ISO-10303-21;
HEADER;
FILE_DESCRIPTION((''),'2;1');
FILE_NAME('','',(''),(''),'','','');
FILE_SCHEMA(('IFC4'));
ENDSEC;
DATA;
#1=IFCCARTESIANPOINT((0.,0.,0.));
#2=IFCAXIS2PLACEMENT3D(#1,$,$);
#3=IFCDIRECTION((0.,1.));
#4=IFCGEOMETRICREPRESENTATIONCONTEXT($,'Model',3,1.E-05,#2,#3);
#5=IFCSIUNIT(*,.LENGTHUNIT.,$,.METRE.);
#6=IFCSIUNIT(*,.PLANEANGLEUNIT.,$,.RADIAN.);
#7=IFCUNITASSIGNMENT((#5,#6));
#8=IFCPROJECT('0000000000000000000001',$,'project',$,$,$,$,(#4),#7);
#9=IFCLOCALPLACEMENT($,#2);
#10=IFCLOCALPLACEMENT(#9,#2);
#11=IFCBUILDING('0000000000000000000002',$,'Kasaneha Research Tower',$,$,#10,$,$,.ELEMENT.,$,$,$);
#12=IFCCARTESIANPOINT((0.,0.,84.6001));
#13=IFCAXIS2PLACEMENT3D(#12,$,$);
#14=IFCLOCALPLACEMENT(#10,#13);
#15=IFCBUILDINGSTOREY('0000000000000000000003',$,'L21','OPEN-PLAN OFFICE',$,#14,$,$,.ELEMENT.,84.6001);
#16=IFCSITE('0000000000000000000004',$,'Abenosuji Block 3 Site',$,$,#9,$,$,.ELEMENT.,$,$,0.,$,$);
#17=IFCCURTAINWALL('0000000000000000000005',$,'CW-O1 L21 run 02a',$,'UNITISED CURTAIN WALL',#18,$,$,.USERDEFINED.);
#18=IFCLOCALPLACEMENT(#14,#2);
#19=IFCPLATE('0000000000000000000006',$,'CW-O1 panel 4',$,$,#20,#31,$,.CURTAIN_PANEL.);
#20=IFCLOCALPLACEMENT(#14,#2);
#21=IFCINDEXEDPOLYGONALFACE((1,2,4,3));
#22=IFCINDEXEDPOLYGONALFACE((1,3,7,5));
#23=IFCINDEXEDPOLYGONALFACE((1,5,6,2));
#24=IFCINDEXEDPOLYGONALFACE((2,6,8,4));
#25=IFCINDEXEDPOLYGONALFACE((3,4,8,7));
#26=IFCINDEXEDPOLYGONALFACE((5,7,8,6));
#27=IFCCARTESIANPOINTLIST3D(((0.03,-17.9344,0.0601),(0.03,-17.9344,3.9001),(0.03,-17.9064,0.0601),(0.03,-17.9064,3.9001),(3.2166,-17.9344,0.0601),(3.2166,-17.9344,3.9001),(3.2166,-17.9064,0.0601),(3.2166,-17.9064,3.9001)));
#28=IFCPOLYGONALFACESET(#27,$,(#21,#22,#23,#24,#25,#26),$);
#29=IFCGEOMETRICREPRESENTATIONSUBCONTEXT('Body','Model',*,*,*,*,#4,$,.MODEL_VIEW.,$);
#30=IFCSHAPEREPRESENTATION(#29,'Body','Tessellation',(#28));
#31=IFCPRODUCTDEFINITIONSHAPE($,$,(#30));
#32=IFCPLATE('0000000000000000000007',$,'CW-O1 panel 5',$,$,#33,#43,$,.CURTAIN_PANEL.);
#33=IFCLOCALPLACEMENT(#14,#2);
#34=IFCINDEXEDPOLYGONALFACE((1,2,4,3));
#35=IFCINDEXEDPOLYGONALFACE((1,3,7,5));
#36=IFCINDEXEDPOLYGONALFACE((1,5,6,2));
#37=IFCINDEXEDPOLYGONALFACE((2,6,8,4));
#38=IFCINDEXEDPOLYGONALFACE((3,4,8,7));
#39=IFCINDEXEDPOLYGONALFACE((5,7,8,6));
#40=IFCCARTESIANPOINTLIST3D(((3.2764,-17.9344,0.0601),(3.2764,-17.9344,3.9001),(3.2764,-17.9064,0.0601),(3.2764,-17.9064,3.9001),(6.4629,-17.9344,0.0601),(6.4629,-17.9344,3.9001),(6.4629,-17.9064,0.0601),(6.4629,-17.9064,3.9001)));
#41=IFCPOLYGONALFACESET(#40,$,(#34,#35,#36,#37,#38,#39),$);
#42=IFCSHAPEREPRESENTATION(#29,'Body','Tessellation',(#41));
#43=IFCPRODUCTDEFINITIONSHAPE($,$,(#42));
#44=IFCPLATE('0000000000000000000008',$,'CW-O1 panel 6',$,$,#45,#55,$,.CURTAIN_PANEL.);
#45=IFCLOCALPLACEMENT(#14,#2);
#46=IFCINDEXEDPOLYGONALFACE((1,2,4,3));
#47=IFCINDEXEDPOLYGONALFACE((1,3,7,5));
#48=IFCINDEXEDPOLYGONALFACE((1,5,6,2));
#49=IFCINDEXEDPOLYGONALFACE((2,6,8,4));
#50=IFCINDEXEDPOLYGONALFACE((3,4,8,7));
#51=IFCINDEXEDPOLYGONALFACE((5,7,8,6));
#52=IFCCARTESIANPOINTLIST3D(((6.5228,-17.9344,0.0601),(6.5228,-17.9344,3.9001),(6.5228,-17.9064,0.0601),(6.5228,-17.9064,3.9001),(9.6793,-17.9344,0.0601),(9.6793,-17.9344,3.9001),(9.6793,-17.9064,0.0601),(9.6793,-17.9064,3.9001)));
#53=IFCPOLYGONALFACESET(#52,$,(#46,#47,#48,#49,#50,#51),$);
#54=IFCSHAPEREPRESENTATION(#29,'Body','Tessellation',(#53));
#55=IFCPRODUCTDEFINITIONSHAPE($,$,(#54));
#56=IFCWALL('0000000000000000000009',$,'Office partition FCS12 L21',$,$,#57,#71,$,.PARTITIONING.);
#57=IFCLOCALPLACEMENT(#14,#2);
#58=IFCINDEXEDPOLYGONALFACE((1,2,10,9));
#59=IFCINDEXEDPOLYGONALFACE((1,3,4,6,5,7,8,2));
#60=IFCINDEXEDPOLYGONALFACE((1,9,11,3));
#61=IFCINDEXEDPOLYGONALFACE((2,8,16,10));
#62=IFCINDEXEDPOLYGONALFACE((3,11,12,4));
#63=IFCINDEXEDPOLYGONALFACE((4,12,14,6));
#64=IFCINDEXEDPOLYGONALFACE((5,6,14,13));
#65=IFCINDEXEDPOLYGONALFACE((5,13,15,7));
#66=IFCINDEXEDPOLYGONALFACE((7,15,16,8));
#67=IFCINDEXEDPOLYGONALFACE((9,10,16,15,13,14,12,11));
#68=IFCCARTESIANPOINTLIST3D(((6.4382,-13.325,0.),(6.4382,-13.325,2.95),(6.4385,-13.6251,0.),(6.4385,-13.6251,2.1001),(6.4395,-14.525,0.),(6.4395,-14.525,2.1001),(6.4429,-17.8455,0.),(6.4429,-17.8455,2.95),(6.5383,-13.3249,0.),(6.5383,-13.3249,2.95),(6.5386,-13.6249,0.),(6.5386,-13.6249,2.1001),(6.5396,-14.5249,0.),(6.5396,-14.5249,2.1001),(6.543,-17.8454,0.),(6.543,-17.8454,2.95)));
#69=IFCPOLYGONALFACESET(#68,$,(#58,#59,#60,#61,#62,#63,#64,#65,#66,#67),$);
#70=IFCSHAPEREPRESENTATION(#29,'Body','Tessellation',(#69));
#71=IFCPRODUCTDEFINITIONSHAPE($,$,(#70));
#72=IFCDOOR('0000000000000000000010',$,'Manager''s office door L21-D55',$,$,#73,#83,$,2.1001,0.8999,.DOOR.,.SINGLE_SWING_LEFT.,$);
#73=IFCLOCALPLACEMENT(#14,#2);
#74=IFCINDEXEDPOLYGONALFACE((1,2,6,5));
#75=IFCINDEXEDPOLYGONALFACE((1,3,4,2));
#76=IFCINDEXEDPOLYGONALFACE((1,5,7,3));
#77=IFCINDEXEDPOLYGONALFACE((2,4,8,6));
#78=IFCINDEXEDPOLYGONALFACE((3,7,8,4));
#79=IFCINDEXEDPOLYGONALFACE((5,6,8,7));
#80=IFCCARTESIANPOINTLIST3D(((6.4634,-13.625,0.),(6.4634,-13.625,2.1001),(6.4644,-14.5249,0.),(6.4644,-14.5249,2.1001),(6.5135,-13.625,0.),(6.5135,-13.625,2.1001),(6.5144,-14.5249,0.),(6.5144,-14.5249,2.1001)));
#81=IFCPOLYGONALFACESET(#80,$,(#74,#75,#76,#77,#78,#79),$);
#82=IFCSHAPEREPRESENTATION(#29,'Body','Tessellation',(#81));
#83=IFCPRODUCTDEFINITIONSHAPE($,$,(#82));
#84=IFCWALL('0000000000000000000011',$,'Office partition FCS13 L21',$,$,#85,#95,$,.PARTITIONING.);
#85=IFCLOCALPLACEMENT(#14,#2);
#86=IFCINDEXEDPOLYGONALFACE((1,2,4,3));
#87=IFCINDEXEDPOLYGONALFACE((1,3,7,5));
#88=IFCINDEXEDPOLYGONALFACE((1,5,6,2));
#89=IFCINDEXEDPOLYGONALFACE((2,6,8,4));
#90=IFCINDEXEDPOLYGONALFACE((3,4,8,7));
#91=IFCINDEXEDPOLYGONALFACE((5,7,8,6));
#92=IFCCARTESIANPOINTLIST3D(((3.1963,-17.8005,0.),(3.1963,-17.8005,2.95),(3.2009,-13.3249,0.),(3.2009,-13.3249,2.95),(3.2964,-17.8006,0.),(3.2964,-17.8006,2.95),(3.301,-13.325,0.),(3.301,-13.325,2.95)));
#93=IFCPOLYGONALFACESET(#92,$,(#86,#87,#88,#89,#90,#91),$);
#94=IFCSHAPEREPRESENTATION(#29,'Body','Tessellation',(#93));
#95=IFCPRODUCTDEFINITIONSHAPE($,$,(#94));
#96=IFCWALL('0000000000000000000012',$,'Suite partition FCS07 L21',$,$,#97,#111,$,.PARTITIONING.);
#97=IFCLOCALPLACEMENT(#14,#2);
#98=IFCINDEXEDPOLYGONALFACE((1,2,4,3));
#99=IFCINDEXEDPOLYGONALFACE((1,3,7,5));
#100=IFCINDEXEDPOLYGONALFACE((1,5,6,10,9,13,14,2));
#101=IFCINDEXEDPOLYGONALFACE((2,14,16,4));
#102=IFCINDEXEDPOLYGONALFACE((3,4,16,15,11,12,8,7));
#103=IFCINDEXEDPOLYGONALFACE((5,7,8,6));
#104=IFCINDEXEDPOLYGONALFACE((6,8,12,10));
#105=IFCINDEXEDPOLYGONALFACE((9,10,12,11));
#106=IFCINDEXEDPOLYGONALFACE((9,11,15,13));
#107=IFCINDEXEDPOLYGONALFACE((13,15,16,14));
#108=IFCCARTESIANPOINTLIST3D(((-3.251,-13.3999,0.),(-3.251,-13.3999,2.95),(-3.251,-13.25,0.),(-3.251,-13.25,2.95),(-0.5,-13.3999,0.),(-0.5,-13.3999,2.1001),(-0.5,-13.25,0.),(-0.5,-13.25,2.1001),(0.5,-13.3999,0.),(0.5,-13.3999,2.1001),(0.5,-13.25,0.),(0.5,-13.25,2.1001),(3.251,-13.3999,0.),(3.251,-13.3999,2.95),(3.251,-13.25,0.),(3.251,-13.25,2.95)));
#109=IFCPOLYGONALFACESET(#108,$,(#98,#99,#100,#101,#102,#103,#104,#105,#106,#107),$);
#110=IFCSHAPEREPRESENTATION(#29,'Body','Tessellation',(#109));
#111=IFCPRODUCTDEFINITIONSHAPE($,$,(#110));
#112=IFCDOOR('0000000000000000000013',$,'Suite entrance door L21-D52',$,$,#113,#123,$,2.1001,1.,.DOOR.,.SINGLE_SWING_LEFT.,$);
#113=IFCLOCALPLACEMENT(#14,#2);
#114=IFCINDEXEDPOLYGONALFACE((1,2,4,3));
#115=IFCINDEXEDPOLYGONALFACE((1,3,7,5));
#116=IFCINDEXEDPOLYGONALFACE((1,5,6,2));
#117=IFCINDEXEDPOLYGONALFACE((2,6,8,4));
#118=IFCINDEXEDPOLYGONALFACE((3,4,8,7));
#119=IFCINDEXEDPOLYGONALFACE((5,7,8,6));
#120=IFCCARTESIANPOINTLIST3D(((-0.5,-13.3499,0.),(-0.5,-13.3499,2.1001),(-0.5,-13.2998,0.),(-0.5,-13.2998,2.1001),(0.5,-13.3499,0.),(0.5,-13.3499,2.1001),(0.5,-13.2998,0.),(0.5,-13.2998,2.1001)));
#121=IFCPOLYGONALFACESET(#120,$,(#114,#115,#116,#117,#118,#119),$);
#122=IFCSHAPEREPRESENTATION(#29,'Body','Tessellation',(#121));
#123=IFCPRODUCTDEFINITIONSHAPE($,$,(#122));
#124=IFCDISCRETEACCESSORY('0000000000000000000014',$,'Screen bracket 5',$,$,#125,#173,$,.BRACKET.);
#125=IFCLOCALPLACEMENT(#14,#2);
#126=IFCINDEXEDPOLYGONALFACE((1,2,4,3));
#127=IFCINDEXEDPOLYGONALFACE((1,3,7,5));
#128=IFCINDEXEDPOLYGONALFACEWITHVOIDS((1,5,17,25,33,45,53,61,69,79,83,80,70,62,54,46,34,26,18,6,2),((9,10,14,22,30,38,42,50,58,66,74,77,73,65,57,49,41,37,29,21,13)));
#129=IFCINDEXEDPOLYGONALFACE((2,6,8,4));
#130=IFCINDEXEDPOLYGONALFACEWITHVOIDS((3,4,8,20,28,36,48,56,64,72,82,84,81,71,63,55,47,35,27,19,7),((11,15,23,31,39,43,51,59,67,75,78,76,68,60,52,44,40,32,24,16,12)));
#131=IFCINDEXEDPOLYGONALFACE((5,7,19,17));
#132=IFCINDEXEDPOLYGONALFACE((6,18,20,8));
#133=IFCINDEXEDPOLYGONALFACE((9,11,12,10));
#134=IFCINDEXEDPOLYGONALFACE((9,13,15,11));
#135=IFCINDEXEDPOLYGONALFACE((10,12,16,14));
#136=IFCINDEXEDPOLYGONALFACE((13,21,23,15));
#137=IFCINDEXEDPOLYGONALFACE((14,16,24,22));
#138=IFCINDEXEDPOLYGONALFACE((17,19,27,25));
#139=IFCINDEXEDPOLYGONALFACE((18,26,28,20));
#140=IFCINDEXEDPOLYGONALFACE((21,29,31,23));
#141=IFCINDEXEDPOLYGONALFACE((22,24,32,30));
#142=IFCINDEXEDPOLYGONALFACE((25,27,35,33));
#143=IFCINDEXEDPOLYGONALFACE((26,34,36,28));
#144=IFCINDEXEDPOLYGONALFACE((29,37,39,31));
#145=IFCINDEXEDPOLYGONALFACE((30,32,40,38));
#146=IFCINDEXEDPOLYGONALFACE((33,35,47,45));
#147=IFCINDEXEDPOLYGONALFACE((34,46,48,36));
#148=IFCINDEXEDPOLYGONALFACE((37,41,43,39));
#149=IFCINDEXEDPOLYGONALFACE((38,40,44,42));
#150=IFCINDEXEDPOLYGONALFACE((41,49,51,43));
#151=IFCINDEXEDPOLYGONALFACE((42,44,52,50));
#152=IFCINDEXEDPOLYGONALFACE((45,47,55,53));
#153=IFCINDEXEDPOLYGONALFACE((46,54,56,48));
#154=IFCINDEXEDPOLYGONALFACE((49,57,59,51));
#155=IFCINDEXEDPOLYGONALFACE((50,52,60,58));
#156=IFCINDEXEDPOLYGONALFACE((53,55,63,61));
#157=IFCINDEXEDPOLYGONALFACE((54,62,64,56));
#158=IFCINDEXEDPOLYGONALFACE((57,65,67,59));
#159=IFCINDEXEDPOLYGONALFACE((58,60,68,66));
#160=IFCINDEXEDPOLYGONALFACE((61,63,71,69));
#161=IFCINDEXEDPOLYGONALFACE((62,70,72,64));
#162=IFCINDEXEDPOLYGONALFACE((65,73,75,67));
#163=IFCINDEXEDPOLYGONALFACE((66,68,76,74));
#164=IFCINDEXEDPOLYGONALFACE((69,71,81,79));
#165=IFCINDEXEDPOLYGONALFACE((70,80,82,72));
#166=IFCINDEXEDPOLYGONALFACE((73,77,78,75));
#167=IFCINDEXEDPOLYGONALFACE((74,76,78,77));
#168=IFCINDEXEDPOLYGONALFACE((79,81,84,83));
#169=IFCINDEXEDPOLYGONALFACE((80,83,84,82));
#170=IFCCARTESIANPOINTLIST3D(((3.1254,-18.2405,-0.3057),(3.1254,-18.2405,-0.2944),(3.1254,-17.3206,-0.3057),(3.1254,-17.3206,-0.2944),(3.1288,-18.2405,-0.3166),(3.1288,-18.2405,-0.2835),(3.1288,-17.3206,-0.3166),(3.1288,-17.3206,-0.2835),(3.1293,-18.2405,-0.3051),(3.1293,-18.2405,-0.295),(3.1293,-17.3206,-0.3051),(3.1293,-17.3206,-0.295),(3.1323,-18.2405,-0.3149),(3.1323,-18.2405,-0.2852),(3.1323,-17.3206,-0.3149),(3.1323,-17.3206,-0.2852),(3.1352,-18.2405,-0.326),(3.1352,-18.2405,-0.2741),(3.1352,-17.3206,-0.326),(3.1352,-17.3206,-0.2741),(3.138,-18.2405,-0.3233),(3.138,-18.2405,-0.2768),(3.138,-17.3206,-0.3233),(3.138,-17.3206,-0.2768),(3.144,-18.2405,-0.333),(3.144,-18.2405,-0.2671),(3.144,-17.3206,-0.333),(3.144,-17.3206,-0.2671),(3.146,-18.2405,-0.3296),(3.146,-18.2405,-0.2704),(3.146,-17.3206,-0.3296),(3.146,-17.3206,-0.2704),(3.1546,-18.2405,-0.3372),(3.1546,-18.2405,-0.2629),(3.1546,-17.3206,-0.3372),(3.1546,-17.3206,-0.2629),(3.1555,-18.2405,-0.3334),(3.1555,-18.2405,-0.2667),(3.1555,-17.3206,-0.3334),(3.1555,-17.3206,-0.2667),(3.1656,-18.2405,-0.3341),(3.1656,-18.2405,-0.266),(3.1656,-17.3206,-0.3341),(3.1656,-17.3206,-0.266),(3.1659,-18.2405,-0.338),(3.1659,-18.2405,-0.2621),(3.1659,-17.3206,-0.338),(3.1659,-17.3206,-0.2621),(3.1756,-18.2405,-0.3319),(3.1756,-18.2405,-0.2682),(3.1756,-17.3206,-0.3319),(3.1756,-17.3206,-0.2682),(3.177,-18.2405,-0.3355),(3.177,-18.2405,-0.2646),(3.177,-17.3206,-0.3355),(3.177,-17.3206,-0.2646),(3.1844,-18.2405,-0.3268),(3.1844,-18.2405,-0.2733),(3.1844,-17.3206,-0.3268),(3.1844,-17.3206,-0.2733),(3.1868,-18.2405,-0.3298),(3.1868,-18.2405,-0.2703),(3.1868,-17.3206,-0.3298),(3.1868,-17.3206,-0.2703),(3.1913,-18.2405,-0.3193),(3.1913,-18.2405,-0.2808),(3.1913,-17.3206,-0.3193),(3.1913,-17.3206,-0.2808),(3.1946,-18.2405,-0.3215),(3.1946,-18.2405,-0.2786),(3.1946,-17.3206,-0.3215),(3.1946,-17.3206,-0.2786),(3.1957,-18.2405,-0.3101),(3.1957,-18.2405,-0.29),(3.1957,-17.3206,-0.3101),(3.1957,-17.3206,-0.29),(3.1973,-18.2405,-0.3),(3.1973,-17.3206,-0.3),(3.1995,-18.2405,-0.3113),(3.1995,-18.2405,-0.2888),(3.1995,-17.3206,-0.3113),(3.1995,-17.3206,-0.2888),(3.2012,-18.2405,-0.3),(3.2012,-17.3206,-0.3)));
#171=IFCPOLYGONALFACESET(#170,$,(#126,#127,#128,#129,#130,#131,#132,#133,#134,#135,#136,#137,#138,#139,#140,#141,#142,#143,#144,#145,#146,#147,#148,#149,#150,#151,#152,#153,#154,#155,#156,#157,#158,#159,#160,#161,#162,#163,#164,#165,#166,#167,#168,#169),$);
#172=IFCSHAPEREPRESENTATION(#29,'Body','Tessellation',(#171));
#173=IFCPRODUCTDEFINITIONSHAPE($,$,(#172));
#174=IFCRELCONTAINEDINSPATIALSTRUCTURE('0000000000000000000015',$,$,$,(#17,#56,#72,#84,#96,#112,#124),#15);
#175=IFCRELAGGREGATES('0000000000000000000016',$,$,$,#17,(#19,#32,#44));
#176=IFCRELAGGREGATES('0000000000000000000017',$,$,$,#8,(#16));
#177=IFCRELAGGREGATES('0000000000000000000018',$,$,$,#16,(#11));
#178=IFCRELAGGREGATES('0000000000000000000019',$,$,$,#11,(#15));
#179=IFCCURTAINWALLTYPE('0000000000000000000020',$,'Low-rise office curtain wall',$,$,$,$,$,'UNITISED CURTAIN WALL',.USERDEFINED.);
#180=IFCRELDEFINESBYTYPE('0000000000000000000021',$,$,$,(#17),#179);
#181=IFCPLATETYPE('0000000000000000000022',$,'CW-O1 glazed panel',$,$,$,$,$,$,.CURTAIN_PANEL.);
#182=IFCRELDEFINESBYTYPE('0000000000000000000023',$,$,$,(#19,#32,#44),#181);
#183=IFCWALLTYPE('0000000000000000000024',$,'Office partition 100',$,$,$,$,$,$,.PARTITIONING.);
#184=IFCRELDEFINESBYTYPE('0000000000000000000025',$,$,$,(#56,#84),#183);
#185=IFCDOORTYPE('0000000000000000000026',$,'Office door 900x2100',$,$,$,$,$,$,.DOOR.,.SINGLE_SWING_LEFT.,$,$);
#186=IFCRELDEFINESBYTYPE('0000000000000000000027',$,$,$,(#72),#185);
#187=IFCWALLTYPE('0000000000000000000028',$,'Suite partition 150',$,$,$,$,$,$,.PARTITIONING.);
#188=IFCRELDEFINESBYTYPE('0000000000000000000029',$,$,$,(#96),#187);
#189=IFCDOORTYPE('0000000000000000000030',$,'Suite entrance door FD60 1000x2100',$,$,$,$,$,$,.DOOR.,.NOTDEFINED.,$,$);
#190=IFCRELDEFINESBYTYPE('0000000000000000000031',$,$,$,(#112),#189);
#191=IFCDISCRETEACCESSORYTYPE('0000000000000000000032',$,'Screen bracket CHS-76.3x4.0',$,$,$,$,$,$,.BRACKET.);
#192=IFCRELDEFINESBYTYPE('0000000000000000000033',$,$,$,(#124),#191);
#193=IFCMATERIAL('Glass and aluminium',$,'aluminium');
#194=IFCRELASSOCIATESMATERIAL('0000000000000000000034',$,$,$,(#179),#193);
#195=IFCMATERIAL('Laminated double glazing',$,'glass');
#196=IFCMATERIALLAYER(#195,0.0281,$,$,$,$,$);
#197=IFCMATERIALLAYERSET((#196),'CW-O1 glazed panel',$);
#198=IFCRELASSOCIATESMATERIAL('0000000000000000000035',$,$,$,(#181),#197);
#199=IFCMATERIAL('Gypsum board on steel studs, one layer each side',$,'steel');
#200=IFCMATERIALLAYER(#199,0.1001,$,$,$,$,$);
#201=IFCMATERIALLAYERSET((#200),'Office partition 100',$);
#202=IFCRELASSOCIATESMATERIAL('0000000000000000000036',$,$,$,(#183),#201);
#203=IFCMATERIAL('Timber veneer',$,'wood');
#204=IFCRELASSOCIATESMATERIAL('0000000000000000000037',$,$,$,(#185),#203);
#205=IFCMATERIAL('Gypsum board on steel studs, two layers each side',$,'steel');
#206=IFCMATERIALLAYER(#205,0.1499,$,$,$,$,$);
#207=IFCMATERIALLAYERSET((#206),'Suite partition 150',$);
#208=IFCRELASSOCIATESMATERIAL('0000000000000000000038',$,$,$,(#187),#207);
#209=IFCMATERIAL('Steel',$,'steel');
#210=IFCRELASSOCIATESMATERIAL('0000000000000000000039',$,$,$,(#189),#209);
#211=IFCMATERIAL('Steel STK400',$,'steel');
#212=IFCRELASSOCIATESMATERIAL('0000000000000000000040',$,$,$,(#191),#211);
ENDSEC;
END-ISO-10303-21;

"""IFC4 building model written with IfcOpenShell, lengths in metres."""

from ifc_helpers import new_model, si_unit, direction, frame, frame_2d, origin, origin_2d, place, context, subcontext, project, spatial, rectangle, hollow_circle, extrude, material, layer, layer_set, material_profile, profile_set, type_object, element, fill, aggregate, save


model = new_model("IFC4")

# Units and contexts
model_context = context("Model", 3, precision=1e-05, world=origin(), true_north=direction((0.0, 1.0)))
body_context = subcontext(model_context, "Body", "Model", "MODEL_VIEW")
ifc_project = project(units=[si_unit("LENGTHUNIT", "METRE"), si_unit("PLANEANGLEUNIT", "RADIAN")], contexts=[model_context])

# Site, building, storey
site_placement = place(None, origin())
site = spatial("IfcSite", under=ifc_project, at=site_placement, Name="Abenosuji Block 3 Site", CompositionType="ELEMENT", RefElevation=0.0)
building_placement = place(site_placement, origin())
building = spatial("IfcBuilding", under=site, at=building_placement, Name="Kasaneha Research Tower", CompositionType="ELEMENT")
storey_placement = place(building_placement, frame((0.0, 0.0, 84.6001)))
storey = spatial("IfcBuildingStorey", under=building, at=storey_placement, Name="L21", Description="OPEN-PLAN OFFICE", CompositionType="ELEMENT", Elevation=84.6001)

# Curtain wall
ifc_material_1 = material(Name="Glass and aluminium", Category="aluminium")
curtain_wall_type = type_object("IfcCurtainWallType", Name="Low-rise office curtain wall", ElementType="UNITISED CURTAIN WALL", PredefinedType="USERDEFINED", material=ifc_material_1)
curtain_wall_1_placement = place(storey_placement, origin())
curtain_wall_1 = element("IfcCurtainWall", 1, at=curtain_wall_1_placement, inside=storey, type_object=curtain_wall_type, Name="CW-O1 L21 run 02a", ObjectType="UNITISED CURTAIN WALL", PredefinedType="USERDEFINED")

# Plates
ifc_material_2 = material(Name="Laminated double glazing", Category="glass")
ifc_layer_1 = layer(ifc_material_2, 0.0281)
ifc_layer_set_1 = layer_set([ifc_layer_1], Name="CW-O1 glazed panel")
plate_type = type_object("IfcPlateType", Name="CW-O1 glazed panel", PredefinedType="CURTAIN_PANEL", material=ifc_layer_set_1)
plate_1_placement = place(storey_placement, frame((1.6233, -17.9204, 0.0601), z_axis=(0.0, 0.0, 1.0), x_axis=(1.0, 0.0, 0.0)))
plate_1 = element("IfcPlate", 2, at=plate_1_placement, type_object=plate_type, Name="CW-O1 panel 4", PredefinedType="CURTAIN_PANEL", context=body_context, shape_type="SweptSolid", body=[
    extrude(rectangle(XDim=3.1865, YDim=0.0281, at=origin_2d()), origin(), (0.0, 0.0, 1.0), 3.8401),
])
plate_2_placement = place(storey_placement, frame((4.8696, -17.9204, 0.0601), z_axis=(0.0, 0.0, 1.0), x_axis=(1.0, 0.0, 0.0)))
plate_2 = element("IfcPlate", 3, at=plate_2_placement, type_object=plate_type, Name="CW-O1 panel 5", PredefinedType="CURTAIN_PANEL", context=body_context, shape_type="SweptSolid", body=[
    extrude(rectangle(XDim=3.1865, YDim=0.0281, at=origin_2d()), origin(), (0.0, 0.0, 1.0), 3.8401),
])
plate_3_placement = place(storey_placement, frame((8.1011, -17.9204, 0.0601), z_axis=(0.0, 0.0, 1.0), x_axis=(1.0, 0.0, 0.0)))
plate_3 = element("IfcPlate", 4, at=plate_3_placement, type_object=plate_type, Name="CW-O1 panel 6", PredefinedType="CURTAIN_PANEL", context=body_context, shape_type="SweptSolid", body=[
    extrude(rectangle(XDim=3.1565, YDim=0.0281, at=origin_2d()), origin(), (0.0, 0.0, 1.0), 3.8401),
])
aggregate(curtain_wall_1, [plate_1, plate_2, plate_3])

# Wall, opening, door
ifc_material_3 = material(Name="Gypsum board on steel studs, one layer each side", Category="steel")
ifc_layer_2 = layer(ifc_material_3, 0.1001)
ifc_layer_set_2 = layer_set([ifc_layer_2], Name="Office partition 100")
wall_type_1 = type_object("IfcWallType", Name="Office partition 100", PredefinedType="PARTITIONING", material=ifc_layer_set_2)
wall_1_placement = place(storey_placement, frame((6.4883, -13.325, 0.0), z_axis=(0.0, 0.0, 1.0), x_axis=(0.001026, -0.999999, 0.0)))
wall_1 = element("IfcWall", 5, at=wall_1_placement, inside=storey, type_object=wall_type_1, Name="Office partition FCS12 L21", PredefinedType="PARTITIONING", context=body_context, shape_type="SweptSolid", body=[
    extrude(rectangle(XDim=4.5205, YDim=0.1001, at=frame_2d((2.2603, 0.0))), origin(), (0.0, 0.0, 1.0), 2.95),
])
opening_1_placement = place(wall_1_placement, frame((0.3, 0.0, 0.0)))
opening_1 = element("IfcOpeningElement", 6, at=opening_1_placement, cuts=wall_1, PredefinedType="OPENING", context=body_context, shape_type="SweptSolid", body=[
    extrude(rectangle(XDim=0.8999, YDim=2.1001, at=frame_2d((0.45, 1.05))), frame((0.0, 0.0601, 0.0), z_axis=(0.0, -1.0, 0.0), x_axis=(1.0, 0.0, 0.0)), (0.0, 0.0, 1.0), 0.1201),
])
ifc_material_4 = material(Name="Timber veneer", Category="wood")
door_type_1 = type_object("IfcDoorType", Name="Office door 900x2100", OperationType="SINGLE_SWING_LEFT", PredefinedType="DOOR", material=ifc_material_4)
door_1_placement = place(opening_1_placement, origin())
door_1 = element("IfcDoor", 7, at=door_1_placement, inside=storey, type_object=door_type_1, Name="Manager's office door L21-D55", OperationType="SINGLE_SWING_LEFT", OverallHeight=2.1001, OverallWidth=0.8999, PredefinedType="DOOR", context=body_context, shape_type="SweptSolid", body=[
    extrude(rectangle(XDim=0.8999, YDim=2.1001, at=frame_2d((0.45, 1.05))), frame((0.0, 0.0249, 0.0), z_axis=(0.0, -1.0, 0.0), x_axis=(1.0, 0.0, 0.0)), (0.0, 0.0, 1.0), 0.05),
])
fill(opening_1, door_1)

# Wall
wall_2_placement = place(storey_placement, frame((3.2463, -17.8005, 0.0), z_axis=(0.0, 0.0, 1.0), x_axis=(0.001036, 0.999999, 0.0)))
element("IfcWall", 8, at=wall_2_placement, inside=storey, type_object=wall_type_1, Name="Office partition FCS13 L21", PredefinedType="PARTITIONING", context=body_context, shape_type="SweptSolid", body=[
    extrude(rectangle(XDim=4.4756, YDim=0.1001, at=frame_2d((2.2378, 0.0))), origin(), (0.0, 0.0, 1.0), 2.95),
])

# Wall, opening, door
ifc_material_5 = material(Name="Gypsum board on steel studs, two layers each side", Category="steel")
ifc_layer_3 = layer(ifc_material_5, 0.1499)
ifc_layer_set_3 = layer_set([ifc_layer_3], Name="Suite partition 150")
wall_type_2 = type_object("IfcWallType", Name="Suite partition 150", PredefinedType="PARTITIONING", material=ifc_layer_set_3)
wall_3_placement = place(storey_placement, frame((3.251, -13.325, 0.0), z_axis=(0.0, 0.0, 1.0), x_axis=(-1.0, 0.0, 0.0)))
wall_3 = element("IfcWall", 9, at=wall_3_placement, inside=storey, type_object=wall_type_2, Name="Suite partition FCS07 L21", PredefinedType="PARTITIONING", context=body_context, shape_type="SweptSolid", body=[
    extrude(rectangle(XDim=6.502, YDim=0.1499, at=frame_2d((3.251, 0.0))), origin(), (0.0, 0.0, 1.0), 2.95),
])
opening_2_placement = place(wall_3_placement, frame((2.751, 0.0, 0.0)))
opening_2 = element("IfcOpeningElement", 10, at=opening_2_placement, cuts=wall_3, PredefinedType="OPENING", context=body_context, shape_type="SweptSolid", body=[
    extrude(rectangle(XDim=1.0, YDim=2.1001, at=frame_2d((0.5, 1.05))), frame((0.0, 0.085, 0.0), z_axis=(0.0, -1.0, 0.0), x_axis=(1.0, 0.0, 0.0)), (0.0, 0.0, 1.0), 0.1699),
])
ifc_material_6 = material(Name="Steel", Category="steel")
door_type_2 = type_object("IfcDoorType", Name="Suite entrance door FD60 1000x2100", OperationType="NOTDEFINED", PredefinedType="DOOR", material=ifc_material_6)
door_2_placement = place(opening_2_placement, origin())
door_2 = element("IfcDoor", 11, at=door_2_placement, inside=storey, type_object=door_type_2, Name="Suite entrance door L21-D52", OperationType="SINGLE_SWING_LEFT", OverallHeight=2.1001, OverallWidth=1.0, PredefinedType="DOOR", context=body_context, shape_type="SweptSolid", body=[
    extrude(rectangle(XDim=1.0, YDim=2.1001, at=frame_2d((0.5, 1.05))), frame((0.0, 0.0249, 0.0), z_axis=(0.0, -1.0, 0.0), x_axis=(1.0, 0.0, 0.0)), (0.0, 0.0, 1.0), 0.05),
])
fill(opening_2, door_2)

# Discrete accessory
ifc_material_7 = material(Name="Steel STK400", Category="steel")
ifc_material_profile_1 = material_profile(ifc_material_7, hollow_circle(Radius=0.0381, WallThickness=0.0039, at=origin_2d()), Name="CHS-76.3x4.0")
ifc_profile_set_1 = profile_set([ifc_material_profile_1], Name="Steel STK400")
discrete_accessory_type = type_object("IfcDiscreteAccessoryType", Name="Screen bracket CHS-76.3x4.0", PredefinedType="BRACKET", material=ifc_profile_set_1)
for number, where, z_axis, x_axis, name in (
    (12, (3.1631, -17.3206, -0.3), (0.0, -1.0, 0.0), (1.0, 0.0, 0.0), "Screen bracket 5"),
):
    element("IfcDiscreteAccessory", number, at=place(storey_placement, frame(where, z_axis=z_axis, x_axis=x_axis)), inside=storey, type_object=discrete_accessory_type, Name=name, PredefinedType="BRACKET", context=body_context, shape_type="SweptSolid", body=[
        extrude(hollow_circle(Radius=0.0381, WallThickness=0.0039, at=origin_2d()), origin(), (0.0, 0.0, 1.0), 0.9199),
    ])

save(model, "model.ifc")
